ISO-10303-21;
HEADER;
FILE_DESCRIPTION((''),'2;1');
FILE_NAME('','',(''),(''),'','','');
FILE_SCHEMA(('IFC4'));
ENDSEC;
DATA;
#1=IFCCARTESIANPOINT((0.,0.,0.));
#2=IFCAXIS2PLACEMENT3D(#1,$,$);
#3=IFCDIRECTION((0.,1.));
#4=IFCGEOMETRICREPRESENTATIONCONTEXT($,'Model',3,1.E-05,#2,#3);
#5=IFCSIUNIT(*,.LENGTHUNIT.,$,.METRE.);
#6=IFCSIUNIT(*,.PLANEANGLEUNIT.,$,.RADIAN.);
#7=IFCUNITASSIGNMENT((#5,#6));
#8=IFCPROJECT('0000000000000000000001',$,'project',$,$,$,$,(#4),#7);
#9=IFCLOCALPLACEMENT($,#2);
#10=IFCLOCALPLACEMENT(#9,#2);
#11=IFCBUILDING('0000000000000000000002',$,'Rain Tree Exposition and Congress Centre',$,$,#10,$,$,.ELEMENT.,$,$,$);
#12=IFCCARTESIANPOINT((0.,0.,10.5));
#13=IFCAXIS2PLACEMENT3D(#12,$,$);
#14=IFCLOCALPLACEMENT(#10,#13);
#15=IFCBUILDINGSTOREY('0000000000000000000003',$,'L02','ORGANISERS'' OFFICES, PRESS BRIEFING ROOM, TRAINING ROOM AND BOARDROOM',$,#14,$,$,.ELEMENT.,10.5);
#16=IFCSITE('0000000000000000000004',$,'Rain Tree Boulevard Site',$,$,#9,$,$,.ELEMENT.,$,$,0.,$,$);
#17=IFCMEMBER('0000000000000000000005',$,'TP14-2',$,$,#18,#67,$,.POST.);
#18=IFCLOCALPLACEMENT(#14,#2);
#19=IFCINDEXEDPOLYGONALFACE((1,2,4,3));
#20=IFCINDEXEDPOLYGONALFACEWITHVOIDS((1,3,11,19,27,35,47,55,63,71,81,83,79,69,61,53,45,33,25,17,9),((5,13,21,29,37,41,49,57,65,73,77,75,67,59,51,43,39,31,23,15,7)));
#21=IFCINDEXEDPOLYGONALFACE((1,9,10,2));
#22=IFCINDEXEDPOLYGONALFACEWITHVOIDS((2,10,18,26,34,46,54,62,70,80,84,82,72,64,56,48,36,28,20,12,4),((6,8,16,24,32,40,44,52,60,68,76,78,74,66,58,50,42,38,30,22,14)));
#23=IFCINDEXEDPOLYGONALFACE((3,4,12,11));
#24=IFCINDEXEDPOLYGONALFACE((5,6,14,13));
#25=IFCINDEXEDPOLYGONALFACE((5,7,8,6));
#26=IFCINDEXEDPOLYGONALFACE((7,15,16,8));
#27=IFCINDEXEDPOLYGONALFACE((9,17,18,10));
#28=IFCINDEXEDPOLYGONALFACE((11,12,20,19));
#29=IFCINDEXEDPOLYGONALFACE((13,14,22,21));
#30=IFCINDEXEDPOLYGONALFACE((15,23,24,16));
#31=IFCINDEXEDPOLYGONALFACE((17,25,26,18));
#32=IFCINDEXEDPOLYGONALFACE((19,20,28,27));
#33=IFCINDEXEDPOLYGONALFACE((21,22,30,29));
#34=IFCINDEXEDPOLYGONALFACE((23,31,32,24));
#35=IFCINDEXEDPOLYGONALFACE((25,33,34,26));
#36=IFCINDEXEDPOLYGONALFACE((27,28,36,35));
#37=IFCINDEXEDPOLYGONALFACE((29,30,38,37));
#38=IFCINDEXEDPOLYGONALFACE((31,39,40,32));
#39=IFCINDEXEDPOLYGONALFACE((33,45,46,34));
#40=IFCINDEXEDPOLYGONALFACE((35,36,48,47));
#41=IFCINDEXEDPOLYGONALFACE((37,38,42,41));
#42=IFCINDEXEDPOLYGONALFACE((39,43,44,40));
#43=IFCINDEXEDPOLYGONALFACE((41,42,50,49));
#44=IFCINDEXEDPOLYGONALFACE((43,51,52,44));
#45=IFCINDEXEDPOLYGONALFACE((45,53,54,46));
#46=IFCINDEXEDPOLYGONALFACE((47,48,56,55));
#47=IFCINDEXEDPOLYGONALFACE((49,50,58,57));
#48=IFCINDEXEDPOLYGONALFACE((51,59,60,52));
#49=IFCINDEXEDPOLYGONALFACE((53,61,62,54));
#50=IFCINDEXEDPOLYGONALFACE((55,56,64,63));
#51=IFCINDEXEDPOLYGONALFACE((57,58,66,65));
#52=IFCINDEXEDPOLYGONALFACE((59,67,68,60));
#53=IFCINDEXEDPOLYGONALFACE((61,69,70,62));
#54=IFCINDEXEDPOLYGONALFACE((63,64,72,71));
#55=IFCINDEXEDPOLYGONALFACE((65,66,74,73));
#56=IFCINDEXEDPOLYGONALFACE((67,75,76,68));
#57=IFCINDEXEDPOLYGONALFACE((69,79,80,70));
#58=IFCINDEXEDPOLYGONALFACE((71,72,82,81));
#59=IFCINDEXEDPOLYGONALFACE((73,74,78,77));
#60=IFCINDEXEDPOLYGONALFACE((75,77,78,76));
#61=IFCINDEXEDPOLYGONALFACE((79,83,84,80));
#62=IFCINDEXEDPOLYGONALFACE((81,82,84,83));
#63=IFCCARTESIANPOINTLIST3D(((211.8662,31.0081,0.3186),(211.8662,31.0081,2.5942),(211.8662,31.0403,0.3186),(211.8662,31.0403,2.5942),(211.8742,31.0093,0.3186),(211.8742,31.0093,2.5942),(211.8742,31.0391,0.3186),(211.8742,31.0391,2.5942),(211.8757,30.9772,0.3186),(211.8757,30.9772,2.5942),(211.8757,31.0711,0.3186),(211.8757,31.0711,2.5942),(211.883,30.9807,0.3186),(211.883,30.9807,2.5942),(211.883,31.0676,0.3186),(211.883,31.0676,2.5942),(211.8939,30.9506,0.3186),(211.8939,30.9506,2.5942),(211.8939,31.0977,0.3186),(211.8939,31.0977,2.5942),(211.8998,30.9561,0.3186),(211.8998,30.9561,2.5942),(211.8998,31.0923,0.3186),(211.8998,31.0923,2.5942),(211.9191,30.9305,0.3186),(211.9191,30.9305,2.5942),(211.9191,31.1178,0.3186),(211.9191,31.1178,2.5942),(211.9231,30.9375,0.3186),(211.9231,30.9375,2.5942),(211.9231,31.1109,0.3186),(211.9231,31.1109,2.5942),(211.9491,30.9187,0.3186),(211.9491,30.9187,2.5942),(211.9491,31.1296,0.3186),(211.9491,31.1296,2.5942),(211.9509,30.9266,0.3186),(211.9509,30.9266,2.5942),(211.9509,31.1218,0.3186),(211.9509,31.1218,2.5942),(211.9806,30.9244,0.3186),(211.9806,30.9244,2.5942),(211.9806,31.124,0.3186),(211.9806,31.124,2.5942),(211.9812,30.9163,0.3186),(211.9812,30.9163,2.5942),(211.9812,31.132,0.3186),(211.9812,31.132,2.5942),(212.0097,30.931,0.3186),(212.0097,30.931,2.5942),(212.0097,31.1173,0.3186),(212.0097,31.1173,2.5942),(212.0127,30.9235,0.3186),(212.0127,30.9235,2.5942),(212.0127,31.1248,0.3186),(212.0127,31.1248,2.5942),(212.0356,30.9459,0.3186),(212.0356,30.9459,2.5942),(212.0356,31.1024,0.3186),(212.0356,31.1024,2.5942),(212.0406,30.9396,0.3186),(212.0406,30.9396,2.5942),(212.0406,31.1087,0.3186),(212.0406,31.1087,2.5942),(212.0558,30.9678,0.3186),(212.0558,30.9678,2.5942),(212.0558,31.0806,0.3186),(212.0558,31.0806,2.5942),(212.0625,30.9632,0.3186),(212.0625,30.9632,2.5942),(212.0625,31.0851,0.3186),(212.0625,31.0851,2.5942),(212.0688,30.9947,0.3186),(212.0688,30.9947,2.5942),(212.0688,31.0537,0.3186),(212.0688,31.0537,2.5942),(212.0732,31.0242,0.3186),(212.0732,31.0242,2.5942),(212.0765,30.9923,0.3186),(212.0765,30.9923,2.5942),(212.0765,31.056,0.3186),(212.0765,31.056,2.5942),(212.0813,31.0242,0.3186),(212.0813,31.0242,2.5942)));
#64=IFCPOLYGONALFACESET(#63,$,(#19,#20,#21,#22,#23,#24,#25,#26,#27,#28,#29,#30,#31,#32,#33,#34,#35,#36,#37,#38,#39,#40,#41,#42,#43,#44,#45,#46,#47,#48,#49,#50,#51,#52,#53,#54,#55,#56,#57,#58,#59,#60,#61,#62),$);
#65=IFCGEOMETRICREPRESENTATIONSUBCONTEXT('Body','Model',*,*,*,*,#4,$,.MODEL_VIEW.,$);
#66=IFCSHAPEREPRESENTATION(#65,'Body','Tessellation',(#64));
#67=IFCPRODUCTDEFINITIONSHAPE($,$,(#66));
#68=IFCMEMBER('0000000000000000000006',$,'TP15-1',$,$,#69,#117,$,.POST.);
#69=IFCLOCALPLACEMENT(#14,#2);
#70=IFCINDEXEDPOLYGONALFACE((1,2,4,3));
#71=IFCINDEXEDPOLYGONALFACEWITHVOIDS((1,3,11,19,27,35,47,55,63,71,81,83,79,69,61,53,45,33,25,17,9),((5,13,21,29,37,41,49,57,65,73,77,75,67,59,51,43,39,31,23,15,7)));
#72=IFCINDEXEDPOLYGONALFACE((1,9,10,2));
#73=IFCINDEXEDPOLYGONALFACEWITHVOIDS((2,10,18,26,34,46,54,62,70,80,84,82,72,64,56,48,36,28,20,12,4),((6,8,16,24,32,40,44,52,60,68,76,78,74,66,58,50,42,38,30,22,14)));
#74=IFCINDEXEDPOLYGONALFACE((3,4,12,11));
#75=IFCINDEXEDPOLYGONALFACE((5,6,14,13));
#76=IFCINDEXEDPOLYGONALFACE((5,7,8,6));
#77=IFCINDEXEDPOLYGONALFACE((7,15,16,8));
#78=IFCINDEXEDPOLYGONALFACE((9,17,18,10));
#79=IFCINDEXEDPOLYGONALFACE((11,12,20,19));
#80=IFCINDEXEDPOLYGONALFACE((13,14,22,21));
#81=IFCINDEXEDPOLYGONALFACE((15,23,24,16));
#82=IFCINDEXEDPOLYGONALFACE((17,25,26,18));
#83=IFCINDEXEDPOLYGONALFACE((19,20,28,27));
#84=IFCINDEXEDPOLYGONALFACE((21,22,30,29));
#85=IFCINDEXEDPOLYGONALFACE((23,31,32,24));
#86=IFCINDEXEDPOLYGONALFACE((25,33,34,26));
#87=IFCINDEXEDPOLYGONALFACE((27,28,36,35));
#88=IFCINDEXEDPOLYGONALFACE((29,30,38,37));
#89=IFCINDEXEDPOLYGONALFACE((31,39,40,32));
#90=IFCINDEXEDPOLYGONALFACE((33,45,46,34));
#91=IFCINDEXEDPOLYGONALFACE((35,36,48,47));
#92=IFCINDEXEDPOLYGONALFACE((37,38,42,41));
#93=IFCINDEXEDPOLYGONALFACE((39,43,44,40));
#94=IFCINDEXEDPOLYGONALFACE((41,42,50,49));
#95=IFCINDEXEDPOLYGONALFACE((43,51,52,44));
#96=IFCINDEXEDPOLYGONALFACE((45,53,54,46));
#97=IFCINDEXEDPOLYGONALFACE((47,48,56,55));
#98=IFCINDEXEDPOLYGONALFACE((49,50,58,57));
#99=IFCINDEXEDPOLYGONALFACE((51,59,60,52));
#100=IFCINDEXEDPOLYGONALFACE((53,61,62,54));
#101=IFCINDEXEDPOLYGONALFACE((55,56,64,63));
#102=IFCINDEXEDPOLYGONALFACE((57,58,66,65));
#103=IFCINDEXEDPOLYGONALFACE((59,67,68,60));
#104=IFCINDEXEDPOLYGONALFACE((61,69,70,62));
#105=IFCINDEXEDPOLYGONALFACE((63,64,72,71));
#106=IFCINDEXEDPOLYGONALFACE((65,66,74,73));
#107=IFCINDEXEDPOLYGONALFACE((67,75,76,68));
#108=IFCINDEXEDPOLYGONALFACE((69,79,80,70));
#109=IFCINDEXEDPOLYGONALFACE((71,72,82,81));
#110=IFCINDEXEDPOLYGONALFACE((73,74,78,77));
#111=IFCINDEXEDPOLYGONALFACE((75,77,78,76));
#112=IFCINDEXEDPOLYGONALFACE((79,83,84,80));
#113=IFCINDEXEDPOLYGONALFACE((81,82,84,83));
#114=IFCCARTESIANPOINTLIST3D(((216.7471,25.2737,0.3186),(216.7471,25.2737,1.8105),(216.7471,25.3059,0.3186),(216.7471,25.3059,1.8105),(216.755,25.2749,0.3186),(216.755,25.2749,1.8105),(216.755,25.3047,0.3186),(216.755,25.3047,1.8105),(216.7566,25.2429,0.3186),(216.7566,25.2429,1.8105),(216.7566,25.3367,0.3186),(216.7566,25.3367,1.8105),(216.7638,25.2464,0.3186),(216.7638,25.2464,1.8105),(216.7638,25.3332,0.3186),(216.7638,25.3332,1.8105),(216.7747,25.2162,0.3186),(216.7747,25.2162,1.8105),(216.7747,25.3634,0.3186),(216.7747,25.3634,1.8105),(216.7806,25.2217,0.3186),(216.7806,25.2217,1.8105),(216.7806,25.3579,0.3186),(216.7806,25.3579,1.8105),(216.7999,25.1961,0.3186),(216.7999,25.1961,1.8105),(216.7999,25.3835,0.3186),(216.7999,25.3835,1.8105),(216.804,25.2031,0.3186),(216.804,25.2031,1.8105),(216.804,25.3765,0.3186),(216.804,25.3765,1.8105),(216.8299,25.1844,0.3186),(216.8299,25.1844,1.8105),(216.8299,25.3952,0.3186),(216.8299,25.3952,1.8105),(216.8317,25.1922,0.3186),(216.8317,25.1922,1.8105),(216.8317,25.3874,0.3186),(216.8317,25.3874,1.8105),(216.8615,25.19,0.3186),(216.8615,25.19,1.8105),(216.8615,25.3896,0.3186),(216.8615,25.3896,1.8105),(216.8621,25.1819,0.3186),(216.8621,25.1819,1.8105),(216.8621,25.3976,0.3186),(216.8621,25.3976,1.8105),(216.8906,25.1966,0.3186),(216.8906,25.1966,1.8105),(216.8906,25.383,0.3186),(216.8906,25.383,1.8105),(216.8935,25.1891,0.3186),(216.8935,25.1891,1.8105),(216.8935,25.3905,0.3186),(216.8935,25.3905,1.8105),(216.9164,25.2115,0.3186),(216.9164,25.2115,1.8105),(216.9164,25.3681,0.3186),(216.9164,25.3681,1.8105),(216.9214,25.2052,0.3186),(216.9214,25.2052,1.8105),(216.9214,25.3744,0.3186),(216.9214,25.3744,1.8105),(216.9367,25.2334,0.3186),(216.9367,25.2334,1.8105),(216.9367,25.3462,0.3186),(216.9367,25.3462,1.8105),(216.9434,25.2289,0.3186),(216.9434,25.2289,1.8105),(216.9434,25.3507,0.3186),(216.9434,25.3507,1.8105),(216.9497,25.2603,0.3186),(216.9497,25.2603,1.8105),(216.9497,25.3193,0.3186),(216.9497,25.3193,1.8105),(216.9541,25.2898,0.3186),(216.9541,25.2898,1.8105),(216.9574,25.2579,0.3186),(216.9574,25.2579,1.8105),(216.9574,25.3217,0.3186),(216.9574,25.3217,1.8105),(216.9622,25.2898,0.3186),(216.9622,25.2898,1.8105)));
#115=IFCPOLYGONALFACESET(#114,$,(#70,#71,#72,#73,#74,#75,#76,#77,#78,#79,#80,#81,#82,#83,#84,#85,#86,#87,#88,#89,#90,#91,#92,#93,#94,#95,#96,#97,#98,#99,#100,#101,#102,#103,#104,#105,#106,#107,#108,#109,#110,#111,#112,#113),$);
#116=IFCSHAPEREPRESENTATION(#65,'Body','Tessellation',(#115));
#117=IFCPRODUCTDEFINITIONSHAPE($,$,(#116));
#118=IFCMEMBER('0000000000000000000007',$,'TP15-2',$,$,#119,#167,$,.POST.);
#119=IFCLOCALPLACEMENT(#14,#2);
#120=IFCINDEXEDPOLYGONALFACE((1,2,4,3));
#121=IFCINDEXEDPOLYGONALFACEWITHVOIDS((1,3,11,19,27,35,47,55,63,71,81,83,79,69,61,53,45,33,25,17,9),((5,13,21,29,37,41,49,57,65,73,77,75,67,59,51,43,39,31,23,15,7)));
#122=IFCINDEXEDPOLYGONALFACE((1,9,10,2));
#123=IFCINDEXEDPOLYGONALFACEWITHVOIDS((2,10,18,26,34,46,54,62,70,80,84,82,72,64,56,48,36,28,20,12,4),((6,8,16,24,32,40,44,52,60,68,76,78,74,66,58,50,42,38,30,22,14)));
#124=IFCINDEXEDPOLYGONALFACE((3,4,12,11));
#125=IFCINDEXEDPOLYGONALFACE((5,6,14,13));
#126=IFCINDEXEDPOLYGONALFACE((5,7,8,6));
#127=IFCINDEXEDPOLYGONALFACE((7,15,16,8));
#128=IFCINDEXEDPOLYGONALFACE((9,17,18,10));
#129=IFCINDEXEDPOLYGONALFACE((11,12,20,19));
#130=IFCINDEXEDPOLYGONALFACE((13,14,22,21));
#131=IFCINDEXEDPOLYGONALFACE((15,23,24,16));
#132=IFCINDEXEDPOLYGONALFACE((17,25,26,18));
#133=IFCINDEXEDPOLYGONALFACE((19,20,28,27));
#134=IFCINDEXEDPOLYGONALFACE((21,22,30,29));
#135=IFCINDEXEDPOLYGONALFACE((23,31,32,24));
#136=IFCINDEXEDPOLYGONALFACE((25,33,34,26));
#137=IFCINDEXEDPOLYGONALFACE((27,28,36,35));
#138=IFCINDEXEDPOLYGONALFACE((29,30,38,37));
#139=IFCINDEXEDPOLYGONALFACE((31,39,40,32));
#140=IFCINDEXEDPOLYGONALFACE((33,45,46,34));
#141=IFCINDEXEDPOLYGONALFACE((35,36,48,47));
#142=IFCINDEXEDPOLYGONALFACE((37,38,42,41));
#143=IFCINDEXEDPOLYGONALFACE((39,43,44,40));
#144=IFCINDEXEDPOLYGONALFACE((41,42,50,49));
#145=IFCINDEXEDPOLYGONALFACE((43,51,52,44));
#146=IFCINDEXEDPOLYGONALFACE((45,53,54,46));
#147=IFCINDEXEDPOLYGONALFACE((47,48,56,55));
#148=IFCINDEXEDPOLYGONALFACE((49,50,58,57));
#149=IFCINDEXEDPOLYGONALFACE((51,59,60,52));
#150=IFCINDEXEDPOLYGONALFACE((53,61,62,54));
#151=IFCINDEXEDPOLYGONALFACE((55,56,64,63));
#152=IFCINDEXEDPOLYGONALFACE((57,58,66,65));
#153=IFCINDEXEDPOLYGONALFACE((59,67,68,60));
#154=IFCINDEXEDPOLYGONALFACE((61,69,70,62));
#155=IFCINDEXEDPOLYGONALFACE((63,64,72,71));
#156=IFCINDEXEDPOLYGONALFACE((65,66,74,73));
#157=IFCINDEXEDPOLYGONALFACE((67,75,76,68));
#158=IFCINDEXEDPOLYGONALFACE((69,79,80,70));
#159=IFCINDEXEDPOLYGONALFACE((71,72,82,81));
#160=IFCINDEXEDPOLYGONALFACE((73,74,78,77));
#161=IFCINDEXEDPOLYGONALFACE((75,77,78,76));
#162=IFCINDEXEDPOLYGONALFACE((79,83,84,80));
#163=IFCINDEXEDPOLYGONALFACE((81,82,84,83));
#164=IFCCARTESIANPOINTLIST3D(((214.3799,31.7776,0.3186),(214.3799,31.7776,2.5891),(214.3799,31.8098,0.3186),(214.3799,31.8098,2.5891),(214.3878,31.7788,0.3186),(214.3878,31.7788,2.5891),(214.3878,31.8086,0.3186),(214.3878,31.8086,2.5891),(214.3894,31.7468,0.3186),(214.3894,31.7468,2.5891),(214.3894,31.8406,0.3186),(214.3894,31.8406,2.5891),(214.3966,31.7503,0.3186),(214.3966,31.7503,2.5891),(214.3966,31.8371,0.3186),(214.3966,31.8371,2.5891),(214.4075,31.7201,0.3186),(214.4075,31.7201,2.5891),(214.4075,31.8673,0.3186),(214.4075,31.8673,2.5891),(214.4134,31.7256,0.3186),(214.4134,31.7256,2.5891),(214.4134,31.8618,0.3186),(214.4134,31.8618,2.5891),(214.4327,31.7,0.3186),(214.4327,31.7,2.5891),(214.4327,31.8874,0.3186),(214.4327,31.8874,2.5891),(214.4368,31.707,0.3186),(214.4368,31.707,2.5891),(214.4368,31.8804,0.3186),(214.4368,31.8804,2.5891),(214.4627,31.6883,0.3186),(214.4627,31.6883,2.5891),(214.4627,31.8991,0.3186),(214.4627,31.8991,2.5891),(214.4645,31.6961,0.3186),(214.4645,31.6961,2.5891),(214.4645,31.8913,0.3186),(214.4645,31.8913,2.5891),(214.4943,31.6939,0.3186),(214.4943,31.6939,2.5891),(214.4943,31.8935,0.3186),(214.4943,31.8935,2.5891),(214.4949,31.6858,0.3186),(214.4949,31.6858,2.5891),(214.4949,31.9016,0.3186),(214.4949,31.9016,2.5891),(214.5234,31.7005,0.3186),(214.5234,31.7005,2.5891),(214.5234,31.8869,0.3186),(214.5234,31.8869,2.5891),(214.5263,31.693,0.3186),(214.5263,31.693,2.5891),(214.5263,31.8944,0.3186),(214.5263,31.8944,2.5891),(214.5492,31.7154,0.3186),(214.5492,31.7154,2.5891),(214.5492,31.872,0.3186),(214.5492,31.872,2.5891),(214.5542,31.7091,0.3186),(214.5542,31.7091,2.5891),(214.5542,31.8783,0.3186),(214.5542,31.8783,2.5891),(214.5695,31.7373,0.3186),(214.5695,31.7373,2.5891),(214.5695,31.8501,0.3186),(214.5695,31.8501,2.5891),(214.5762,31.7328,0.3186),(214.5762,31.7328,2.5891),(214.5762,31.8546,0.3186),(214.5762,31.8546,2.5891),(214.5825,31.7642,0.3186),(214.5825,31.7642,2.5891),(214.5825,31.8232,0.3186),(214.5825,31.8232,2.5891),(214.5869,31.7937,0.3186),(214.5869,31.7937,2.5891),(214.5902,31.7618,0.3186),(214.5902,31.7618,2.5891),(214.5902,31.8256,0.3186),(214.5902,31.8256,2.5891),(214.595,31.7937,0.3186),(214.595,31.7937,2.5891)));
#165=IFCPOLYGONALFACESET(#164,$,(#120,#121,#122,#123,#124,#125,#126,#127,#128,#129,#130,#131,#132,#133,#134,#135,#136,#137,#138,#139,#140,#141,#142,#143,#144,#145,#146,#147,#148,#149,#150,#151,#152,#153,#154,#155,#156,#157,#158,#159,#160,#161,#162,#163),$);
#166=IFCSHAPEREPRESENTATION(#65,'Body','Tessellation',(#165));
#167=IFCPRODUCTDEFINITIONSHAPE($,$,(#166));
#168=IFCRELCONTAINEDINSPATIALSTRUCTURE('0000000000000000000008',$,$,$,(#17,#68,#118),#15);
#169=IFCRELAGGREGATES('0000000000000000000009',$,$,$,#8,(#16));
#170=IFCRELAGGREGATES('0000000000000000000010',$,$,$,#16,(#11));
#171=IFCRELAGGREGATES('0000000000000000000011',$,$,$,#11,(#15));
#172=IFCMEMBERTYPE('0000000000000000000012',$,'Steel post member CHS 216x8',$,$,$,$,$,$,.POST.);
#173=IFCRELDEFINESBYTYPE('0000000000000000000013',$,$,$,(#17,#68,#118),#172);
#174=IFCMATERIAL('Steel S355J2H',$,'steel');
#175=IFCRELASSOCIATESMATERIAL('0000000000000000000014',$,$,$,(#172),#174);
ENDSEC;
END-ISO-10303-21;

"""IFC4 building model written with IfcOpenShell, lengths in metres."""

from ifc_helpers import new_model, si_unit, direction, frame, origin, origin_2d, place, context, subcontext, project, spatial, hollow_circle, extrude, material, material_profile, profile_set, type_object, element, save


model = new_model("IFC4")

# Units and contexts
model_context = context("Model", 3, precision=1e-05, world=origin(), true_north=direction((0.0, 1.0)))
body_context = subcontext(model_context, "Body", "Model", "MODEL_VIEW")
ifc_project = project(units=[si_unit("LENGTHUNIT", "METRE"), si_unit("PLANEANGLEUNIT", "RADIAN")], contexts=[model_context])

# Site, building, storey
site_placement = place(None, origin())
site = spatial("IfcSite", under=ifc_project, at=site_placement, Name="Rain Tree Boulevard Site", CompositionType="ELEMENT", RefElevation=0.0)
building_placement = place(site_placement, origin())
building = spatial("IfcBuilding", under=site, at=building_placement, Name="Rain Tree Exposition and Congress Centre", CompositionType="ELEMENT")
storey_placement = place(building_placement, frame((0.0, 0.0, 10.5)))
storey = spatial("IfcBuildingStorey", under=building, at=storey_placement, Name="L02", Description="ORGANISERS' OFFICES, PRESS BRIEFING ROOM, TRAINING ROOM AND BOARDROOM", CompositionType="ELEMENT", Elevation=10.5)

# Members
ifc_material_1 = material(Name="Steel S355J2H", Category="steel")
ifc_material_profile_1 = material_profile(ifc_material_1, hollow_circle(Radius=0.1082, WallThickness=0.0081, at=origin_2d()), Name="CHS 216x8")
ifc_profile_set_1 = profile_set([ifc_material_profile_1], Name="Steel S355J2H")
member_type_1 = type_object("IfcMemberType", Name="Steel post member CHS 216x8", PredefinedType="POST", material=ifc_profile_set_1)
member_1_placement = place(storey_placement, frame((211.9731, 31.0242, 0.3186), z_axis=(0.0, 0.0, 1.0), x_axis=(1.0, 0.0, 0.0)))
element("IfcMember", 1, at=member_1_placement, inside=storey, type_object=member_type_1, Name="TP14-2", PredefinedType="POST", context=body_context, shape_type="SweptSolid", body=[
    extrude(hollow_circle(Radius=0.1082, WallThickness=0.0081, at=origin_2d()), origin(), (0.0, 0.0, 1.0), 2.2756),
])
member_2_placement = place(storey_placement, frame((216.854, 25.2898, 0.3186), z_axis=(0.0, 0.0, 1.0), x_axis=(1.0, 0.0, 0.0)))
element("IfcMember", 2, at=member_2_placement, inside=storey, type_object=member_type_1, Name="TP15-1", PredefinedType="POST", context=body_context, shape_type="SweptSolid", body=[
    extrude(hollow_circle(Radius=0.1082, WallThickness=0.0081, at=origin_2d()), origin(), (0.0, 0.0, 1.0), 1.4919),
])
member_3_placement = place(storey_placement, frame((214.4868, 31.7937, 0.3186), z_axis=(0.0, 0.0, 1.0), x_axis=(1.0, 0.0, 0.0)))
element("IfcMember", 3, at=member_3_placement, inside=storey, type_object=member_type_1, Name="TP15-2", PredefinedType="POST", context=body_context, shape_type="SweptSolid", body=[
    extrude(hollow_circle(Radius=0.1082, WallThickness=0.0081, at=origin_2d()), origin(), (0.0, 0.0, 1.0), 2.2705),
])

save(model, "model.ifc")
